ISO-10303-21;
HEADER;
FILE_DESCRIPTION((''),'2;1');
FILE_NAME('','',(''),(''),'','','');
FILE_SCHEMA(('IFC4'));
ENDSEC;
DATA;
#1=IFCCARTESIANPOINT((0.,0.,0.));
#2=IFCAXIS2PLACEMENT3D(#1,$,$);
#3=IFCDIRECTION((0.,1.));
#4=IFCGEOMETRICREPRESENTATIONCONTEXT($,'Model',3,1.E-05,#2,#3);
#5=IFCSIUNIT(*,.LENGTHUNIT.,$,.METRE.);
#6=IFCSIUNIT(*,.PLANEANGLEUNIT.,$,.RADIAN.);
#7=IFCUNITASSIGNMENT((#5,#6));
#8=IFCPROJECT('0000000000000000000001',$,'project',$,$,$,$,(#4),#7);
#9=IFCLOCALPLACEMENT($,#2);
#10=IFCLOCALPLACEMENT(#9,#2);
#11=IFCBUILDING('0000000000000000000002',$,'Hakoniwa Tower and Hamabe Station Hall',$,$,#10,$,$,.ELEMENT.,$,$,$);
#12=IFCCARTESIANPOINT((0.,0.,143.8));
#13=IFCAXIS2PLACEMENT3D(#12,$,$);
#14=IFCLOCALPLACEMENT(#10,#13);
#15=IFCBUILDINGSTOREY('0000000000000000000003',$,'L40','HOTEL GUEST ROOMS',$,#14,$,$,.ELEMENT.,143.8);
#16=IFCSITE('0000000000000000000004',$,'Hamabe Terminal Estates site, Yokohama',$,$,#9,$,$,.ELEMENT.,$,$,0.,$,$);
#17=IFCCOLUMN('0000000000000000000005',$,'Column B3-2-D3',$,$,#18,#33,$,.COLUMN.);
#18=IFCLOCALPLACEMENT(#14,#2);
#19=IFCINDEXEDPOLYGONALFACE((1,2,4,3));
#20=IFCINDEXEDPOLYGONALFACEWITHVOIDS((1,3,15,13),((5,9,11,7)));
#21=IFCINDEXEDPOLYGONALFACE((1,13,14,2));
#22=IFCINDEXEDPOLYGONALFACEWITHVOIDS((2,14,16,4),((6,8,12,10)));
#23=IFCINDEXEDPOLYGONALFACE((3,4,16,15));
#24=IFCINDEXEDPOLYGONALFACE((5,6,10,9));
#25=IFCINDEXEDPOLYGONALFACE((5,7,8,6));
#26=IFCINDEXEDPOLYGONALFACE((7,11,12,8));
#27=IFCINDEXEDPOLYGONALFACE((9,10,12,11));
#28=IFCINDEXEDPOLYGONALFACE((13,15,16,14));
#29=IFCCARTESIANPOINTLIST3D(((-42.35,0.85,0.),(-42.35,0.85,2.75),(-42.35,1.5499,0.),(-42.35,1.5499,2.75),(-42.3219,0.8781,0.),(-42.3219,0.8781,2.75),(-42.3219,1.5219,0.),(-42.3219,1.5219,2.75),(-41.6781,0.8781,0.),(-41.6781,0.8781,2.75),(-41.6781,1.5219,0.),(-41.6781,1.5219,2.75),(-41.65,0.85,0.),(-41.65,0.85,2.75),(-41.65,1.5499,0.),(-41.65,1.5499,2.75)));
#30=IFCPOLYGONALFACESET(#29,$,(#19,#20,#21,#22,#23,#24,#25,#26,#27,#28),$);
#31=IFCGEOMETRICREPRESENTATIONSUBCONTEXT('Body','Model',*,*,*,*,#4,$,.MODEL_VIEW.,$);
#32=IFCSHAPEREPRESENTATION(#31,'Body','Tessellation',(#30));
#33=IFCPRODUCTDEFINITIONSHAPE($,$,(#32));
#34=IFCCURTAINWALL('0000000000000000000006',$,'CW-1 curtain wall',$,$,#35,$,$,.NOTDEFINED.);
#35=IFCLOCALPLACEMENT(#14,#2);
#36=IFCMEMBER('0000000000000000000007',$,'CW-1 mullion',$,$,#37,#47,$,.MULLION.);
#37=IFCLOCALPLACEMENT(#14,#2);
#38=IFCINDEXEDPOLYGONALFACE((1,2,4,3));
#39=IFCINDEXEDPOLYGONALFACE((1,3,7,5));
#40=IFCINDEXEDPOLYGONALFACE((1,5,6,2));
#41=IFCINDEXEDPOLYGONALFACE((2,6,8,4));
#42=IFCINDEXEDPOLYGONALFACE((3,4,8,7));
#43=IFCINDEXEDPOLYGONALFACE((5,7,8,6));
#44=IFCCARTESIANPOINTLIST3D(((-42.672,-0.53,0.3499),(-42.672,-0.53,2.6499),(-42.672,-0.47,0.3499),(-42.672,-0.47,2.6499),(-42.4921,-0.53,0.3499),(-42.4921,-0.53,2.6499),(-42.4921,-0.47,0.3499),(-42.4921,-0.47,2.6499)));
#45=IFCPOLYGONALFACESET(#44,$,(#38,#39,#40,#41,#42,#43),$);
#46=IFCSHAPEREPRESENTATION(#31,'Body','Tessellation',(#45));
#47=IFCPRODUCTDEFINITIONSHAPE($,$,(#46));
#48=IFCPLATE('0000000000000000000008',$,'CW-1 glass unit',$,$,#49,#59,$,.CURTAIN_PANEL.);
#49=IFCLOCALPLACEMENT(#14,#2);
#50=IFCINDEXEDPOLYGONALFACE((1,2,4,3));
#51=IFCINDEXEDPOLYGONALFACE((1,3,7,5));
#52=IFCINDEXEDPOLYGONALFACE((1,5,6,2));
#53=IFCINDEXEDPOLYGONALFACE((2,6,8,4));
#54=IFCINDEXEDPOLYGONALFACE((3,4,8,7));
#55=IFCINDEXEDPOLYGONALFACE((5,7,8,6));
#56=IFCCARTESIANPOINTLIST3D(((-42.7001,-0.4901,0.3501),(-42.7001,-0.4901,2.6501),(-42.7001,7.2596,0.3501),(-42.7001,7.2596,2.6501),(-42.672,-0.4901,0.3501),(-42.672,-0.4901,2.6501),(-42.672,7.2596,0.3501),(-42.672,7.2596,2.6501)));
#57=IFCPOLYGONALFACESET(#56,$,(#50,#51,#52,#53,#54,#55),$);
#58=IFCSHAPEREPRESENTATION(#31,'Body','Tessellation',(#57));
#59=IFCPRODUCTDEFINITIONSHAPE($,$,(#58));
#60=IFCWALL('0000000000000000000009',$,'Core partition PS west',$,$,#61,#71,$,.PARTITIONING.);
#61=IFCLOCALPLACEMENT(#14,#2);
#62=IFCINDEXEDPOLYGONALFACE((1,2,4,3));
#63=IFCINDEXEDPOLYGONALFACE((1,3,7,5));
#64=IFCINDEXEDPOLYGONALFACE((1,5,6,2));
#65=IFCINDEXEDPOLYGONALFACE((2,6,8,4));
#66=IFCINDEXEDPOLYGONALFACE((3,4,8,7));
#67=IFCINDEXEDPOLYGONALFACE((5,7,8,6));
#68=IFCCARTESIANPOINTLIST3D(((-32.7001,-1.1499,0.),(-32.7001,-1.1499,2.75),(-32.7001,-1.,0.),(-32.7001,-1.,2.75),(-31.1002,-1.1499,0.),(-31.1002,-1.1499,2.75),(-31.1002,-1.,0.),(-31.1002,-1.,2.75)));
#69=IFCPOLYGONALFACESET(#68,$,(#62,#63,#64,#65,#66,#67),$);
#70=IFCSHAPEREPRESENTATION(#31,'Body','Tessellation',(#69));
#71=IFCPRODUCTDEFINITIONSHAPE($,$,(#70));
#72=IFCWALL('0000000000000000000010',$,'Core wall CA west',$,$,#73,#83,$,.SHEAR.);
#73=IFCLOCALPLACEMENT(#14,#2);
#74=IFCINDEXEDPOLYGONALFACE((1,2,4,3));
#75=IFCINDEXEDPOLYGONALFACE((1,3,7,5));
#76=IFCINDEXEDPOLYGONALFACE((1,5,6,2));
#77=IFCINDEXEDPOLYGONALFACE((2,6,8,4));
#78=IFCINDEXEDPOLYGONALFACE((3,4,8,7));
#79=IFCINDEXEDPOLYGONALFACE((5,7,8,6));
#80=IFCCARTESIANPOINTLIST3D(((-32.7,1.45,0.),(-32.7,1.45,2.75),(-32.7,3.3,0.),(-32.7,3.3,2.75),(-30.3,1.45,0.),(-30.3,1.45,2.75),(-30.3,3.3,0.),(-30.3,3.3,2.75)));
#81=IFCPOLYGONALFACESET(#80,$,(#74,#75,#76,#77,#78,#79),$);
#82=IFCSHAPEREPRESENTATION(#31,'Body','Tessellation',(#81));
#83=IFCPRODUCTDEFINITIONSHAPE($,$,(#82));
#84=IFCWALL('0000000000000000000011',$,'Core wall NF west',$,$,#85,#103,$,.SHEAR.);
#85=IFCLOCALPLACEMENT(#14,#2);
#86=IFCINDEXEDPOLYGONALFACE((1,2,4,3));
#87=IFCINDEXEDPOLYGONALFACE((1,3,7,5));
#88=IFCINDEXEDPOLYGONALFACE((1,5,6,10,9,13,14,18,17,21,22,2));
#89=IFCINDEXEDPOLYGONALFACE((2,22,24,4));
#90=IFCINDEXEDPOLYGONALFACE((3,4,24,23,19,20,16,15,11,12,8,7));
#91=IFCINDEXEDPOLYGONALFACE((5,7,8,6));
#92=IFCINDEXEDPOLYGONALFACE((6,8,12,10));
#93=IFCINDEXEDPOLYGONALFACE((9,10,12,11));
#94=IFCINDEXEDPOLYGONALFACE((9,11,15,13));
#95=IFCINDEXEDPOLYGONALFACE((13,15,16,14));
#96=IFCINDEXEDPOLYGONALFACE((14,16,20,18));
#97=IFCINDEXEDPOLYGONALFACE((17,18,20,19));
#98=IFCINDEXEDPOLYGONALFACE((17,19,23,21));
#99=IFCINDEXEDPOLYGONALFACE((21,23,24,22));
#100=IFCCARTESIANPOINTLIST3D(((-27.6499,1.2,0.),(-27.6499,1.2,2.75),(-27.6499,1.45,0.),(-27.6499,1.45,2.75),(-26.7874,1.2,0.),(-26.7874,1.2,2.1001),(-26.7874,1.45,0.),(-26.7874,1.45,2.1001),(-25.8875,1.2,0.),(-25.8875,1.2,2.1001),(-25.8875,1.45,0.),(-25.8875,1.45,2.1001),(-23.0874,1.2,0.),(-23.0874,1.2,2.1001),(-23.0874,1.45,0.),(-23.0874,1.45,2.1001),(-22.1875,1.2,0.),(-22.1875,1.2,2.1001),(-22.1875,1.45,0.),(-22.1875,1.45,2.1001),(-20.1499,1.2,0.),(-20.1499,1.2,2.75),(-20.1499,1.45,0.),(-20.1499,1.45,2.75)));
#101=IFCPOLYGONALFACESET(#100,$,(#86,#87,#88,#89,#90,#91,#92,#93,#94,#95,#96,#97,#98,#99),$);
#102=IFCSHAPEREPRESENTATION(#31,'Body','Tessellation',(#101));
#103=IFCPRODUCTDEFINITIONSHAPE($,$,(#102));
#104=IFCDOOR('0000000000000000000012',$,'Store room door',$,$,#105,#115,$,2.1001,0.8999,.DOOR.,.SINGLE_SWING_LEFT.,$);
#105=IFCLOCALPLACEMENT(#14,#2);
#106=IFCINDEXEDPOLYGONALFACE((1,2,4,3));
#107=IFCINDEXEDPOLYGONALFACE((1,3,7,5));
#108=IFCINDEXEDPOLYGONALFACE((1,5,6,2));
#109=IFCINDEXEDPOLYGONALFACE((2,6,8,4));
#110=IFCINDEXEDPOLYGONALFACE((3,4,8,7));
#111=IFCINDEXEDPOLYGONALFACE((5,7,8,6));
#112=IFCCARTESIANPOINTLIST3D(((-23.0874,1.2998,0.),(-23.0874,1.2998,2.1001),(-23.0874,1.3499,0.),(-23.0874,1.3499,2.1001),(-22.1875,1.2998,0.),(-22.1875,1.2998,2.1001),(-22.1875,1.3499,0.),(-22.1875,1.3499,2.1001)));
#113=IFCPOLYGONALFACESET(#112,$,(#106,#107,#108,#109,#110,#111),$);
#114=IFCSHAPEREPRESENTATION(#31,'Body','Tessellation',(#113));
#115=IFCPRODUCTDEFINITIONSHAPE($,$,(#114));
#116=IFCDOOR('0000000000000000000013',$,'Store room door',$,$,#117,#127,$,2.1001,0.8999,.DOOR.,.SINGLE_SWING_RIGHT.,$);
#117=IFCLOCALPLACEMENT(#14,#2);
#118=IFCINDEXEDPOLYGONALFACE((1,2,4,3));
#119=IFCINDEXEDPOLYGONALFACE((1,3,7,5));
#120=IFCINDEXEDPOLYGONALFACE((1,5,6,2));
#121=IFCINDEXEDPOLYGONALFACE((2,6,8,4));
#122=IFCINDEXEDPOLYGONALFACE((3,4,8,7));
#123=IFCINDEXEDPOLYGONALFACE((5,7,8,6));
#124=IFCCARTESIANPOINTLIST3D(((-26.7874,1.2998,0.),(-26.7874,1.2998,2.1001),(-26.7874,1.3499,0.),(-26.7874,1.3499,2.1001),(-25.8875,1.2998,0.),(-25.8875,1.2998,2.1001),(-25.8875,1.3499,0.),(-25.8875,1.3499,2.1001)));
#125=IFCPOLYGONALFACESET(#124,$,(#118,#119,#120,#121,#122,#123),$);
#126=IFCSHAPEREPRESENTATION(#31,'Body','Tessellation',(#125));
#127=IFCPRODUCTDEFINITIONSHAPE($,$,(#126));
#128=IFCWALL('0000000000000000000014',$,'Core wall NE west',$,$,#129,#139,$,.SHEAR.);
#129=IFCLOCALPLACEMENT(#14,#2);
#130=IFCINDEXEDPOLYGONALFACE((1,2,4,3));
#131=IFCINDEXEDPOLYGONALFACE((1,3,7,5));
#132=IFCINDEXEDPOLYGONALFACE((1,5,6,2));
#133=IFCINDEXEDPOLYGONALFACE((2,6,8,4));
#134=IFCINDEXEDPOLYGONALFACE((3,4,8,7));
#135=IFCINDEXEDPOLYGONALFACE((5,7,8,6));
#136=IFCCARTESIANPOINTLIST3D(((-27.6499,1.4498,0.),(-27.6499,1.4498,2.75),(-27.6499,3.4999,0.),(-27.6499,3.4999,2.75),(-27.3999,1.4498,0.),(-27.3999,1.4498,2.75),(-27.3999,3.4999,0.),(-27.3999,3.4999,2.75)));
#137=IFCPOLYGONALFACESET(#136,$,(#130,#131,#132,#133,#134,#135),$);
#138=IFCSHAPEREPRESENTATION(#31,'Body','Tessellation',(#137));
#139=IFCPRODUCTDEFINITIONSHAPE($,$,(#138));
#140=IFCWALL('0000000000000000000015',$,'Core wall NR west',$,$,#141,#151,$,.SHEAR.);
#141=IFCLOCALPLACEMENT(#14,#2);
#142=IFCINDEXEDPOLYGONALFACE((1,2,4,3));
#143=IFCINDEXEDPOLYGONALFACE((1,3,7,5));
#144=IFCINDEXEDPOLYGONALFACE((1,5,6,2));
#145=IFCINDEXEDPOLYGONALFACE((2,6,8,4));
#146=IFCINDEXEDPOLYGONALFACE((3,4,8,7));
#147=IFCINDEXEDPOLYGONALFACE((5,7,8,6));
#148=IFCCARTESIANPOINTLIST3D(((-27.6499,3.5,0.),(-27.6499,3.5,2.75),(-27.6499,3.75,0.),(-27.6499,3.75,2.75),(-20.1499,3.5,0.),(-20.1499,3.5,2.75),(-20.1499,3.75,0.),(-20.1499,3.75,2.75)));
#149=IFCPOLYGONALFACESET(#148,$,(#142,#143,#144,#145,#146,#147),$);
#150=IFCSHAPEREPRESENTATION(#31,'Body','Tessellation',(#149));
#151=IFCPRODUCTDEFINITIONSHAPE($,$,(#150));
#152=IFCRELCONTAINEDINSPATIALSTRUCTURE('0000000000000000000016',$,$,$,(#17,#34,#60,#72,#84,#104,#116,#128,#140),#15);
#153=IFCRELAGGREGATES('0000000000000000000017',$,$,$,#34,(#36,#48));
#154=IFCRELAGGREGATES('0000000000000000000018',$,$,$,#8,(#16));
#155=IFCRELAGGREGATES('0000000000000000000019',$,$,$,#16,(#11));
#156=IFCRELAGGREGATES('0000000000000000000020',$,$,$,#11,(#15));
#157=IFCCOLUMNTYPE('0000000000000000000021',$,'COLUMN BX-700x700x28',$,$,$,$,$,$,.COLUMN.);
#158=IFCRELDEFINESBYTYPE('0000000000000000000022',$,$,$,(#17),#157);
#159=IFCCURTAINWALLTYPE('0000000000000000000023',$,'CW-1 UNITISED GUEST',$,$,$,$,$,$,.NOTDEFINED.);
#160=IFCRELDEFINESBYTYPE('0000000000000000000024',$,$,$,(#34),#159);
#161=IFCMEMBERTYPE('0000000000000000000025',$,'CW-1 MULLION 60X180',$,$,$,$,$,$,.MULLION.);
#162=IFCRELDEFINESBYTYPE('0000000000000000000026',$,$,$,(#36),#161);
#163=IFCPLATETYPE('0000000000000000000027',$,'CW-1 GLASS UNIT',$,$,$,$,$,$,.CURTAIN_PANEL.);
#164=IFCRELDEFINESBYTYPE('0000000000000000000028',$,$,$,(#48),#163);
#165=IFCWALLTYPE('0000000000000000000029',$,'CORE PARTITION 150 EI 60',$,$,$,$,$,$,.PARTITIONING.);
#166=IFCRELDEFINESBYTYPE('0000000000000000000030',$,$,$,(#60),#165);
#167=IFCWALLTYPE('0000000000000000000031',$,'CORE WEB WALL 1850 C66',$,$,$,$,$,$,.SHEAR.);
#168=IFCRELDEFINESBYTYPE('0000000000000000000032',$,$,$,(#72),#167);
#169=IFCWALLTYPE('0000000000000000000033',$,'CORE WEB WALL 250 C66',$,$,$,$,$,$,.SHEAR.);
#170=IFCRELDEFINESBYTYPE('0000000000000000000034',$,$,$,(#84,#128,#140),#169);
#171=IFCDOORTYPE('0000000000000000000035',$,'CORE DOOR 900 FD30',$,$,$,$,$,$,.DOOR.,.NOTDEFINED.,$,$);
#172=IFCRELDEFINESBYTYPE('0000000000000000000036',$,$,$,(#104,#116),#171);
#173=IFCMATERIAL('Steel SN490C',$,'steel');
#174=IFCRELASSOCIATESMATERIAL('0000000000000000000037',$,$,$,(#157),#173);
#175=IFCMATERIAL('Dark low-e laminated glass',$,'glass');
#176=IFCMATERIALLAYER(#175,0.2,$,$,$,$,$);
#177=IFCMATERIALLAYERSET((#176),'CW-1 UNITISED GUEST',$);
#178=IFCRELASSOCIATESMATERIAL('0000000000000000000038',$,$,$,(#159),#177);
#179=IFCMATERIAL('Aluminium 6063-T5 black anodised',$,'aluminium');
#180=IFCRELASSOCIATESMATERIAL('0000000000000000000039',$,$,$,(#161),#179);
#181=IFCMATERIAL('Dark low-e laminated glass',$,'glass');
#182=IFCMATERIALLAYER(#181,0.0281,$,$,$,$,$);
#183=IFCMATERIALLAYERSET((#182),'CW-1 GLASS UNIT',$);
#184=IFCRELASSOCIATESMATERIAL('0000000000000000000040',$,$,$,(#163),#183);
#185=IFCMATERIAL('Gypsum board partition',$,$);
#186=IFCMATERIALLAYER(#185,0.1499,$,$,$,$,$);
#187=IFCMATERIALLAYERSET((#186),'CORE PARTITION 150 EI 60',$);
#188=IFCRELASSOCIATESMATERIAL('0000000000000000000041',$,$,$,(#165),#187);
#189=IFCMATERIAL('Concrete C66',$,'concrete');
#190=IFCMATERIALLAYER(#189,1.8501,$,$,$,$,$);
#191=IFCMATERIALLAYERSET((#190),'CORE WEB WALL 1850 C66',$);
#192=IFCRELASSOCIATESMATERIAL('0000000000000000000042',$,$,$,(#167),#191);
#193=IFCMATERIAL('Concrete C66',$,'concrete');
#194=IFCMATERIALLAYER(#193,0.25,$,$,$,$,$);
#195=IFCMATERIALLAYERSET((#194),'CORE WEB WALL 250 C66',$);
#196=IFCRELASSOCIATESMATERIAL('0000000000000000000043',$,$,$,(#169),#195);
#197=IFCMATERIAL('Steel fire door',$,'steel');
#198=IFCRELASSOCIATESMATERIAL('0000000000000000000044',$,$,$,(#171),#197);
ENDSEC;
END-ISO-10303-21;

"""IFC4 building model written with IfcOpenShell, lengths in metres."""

from ifc_helpers import new_model, si_unit, direction, frame, frame_2d, origin, origin_2d, place, context, subcontext, project, spatial, rectangle, hollow_rectangle, extrude, material, layer, layer_set, material_profile, profile_set, type_object, element, fill, aggregate, save


model = new_model("IFC4")

# Units and contexts
model_context = context("Model", 3, precision=1e-05, world=origin(), true_north=direction((0.0, 1.0)))
body_context = subcontext(model_context, "Body", "Model", "MODEL_VIEW")
ifc_project = project(units=[si_unit("LENGTHUNIT", "METRE"), si_unit("PLANEANGLEUNIT", "RADIAN")], contexts=[model_context])

# Site, building, storey
site_placement = place(None, origin())
site = spatial("IfcSite", under=ifc_project, at=site_placement, Name="Hamabe Terminal Estates site, Yokohama", CompositionType="ELEMENT", RefElevation=0.0)
building_placement = place(site_placement, origin())
building = spatial("IfcBuilding", under=site, at=building_placement, Name="Hakoniwa Tower and Hamabe Station Hall", CompositionType="ELEMENT")
storey_placement = place(building_placement, frame((0.0, 0.0, 143.8)))
storey = spatial("IfcBuildingStorey", under=building, at=storey_placement, Name="L40", Description="HOTEL GUEST ROOMS", CompositionType="ELEMENT", Elevation=143.8)

# Column
ifc_material_1 = material(Name="Steel SN490C", Category="steel")
ifc_material_profile_1 = material_profile(ifc_material_1, hollow_rectangle(XDim=0.7, YDim=0.7, WallThickness=0.0281, at=origin_2d()), Name="BX-700x700x28")
ifc_profile_set_1 = profile_set([ifc_material_profile_1], Name="Steel SN490C")
column_type = type_object("IfcColumnType", Name="COLUMN BX-700x700x28", PredefinedType="COLUMN", material=ifc_profile_set_1)
column_placement = place(storey_placement, frame((-42.0, 1.2, 0.0), z_axis=(0.0, 0.0, 1.0), x_axis=(1.0, 0.0, 0.0)))
element("IfcColumn", 1, at=column_placement, inside=storey, type_object=column_type, Name="Column B3-2-D3", PredefinedType="COLUMN", context=body_context, shape_type="SweptSolid", body=[
    extrude(hollow_rectangle(XDim=0.7, YDim=0.7, WallThickness=0.0281, at=origin_2d()), origin(), (0.0, 0.0, 1.0), 2.75),
])

# Curtain wall, member, plate
ifc_material_2 = material(Name="Dark low-e laminated glass", Category="glass")
ifc_layer_1 = layer(ifc_material_2, 0.2)
ifc_layer_set_1 = layer_set([ifc_layer_1], Name="CW-1 UNITISED GUEST")
curtain_wall_type = type_object("IfcCurtainWallType", Name="CW-1 UNITISED GUEST", PredefinedType="NOTDEFINED", material=ifc_layer_set_1)
curtain_wall_placement = place(storey_placement, origin())
curtain_wall = element("IfcCurtainWall", 2, at=curtain_wall_placement, inside=storey, type_object=curtain_wall_type, Name="CW-1 curtain wall", PredefinedType="NOTDEFINED")
ifc_material_3 = material(Name="Aluminium 6063-T5 black anodised", Category="aluminium")
ifc_material_profile_2 = material_profile(ifc_material_3, rectangle(XDim=0.0601, YDim=0.1799, at=origin_2d()), Name="CW-1 MULLION 60X180")
ifc_profile_set_2 = profile_set([ifc_material_profile_2], Name="Aluminium 6063-T5 black anodised")
member_type = type_object("IfcMemberType", Name="CW-1 MULLION 60X180", PredefinedType="MULLION", material=ifc_profile_set_2)
member_placement = place(storey_placement, frame((-42.582, -0.5, 0.3499), z_axis=(0.0, 0.0, 1.0), x_axis=(0.0, -1.0, 0.0)))
member = element("IfcMember", 3, at=member_placement, type_object=member_type, Name="CW-1 mullion", PredefinedType="MULLION", context=body_context, shape_type="SweptSolid", body=[
    extrude(rectangle(XDim=0.0601, YDim=0.1799, at=origin_2d()), origin(), (0.0, 0.0, 1.0), 2.3),
])
ifc_material_4 = material(Name="Dark low-e laminated glass", Category="glass")
ifc_layer_2 = layer(ifc_material_4, 0.0281)
ifc_layer_set_2 = layer_set([ifc_layer_2], Name="CW-1 GLASS UNIT")
plate_type = type_object("IfcPlateType", Name="CW-1 GLASS UNIT", PredefinedType="CURTAIN_PANEL", material=ifc_layer_set_2)
plate_placement = place(storey_placement, frame((-42.686, 3.3848, 0.3501), z_axis=(0.0, 0.0, 1.0), x_axis=(0.0, -1.0, 0.0)))
plate = element("IfcPlate", 4, at=plate_placement, type_object=plate_type, Name="CW-1 glass unit", PredefinedType="CURTAIN_PANEL", context=body_context, shape_type="SweptSolid", body=[
    extrude(rectangle(XDim=7.7498, YDim=0.0281, at=origin_2d()), origin(), (0.0, 0.0, 1.0), 2.3),
])
aggregate(curtain_wall, [member, plate])

# Walls
ifc_material_5 = material(Name="Gypsum board partition")
ifc_layer_3 = layer(ifc_material_5, 0.1499)
ifc_layer_set_3 = layer_set([ifc_layer_3], Name="CORE PARTITION 150 EI 60")
wall_type_1 = type_object("IfcWallType", Name="CORE PARTITION 150 EI 60", PredefinedType="PARTITIONING", material=ifc_layer_set_3)
wall_1_placement = place(storey_placement, frame((-32.7, -1.075, 0.0), z_axis=(0.0, 0.0, 1.0), x_axis=(1.0, 0.0, 0.0)))
element("IfcWall", 5, at=wall_1_placement, inside=storey, type_object=wall_type_1, Name="Core partition PS west", PredefinedType="PARTITIONING", context=body_context, shape_type="SweptSolid", body=[
    extrude(rectangle(XDim=1.5999, YDim=0.1499, at=frame_2d((0.7998, 0.0))), origin(), (0.0, 0.0, 1.0), 2.75),
])
ifc_material_6 = material(Name="Concrete C66", Category="concrete")
ifc_layer_4 = layer(ifc_material_6, 1.8501)
ifc_layer_set_4 = layer_set([ifc_layer_4], Name="CORE WEB WALL 1850 C66")
wall_type_2 = type_object("IfcWallType", Name="CORE WEB WALL 1850 C66", PredefinedType="SHEAR", material=ifc_layer_set_4)
wall_2_placement = place(storey_placement, frame((-32.7, 2.375, 0.0), z_axis=(0.0, 0.0, 1.0), x_axis=(1.0, 0.0, 0.0)))
element("IfcWall", 6, at=wall_2_placement, inside=storey, type_object=wall_type_2, Name="Core wall CA west", PredefinedType="SHEAR", context=body_context, shape_type="SweptSolid", body=[
    extrude(rectangle(XDim=2.3999, YDim=1.8501, at=frame_2d((1.2, 0.0))), origin(), (0.0, 0.0, 1.0), 2.75),
])

# Wall, openings, doors
ifc_material_7 = material(Name="Concrete C66", Category="concrete")
ifc_layer_5 = layer(ifc_material_7, 0.25)
ifc_layer_set_5 = layer_set([ifc_layer_5], Name="CORE WEB WALL 250 C66")
wall_type_3 = type_object("IfcWallType", Name="CORE WEB WALL 250 C66", PredefinedType="SHEAR", material=ifc_layer_set_5)
wall_3_placement = place(storey_placement, frame((-27.6499, 1.325, 0.0), z_axis=(0.0, 0.0, 1.0), x_axis=(1.0, 0.0, 0.0)))
wall_3 = element("IfcWall", 7, at=wall_3_placement, inside=storey, type_object=wall_type_3, Name="Core wall NF west", PredefinedType="SHEAR", context=body_context, shape_type="SweptSolid", body=[
    extrude(rectangle(XDim=7.5, YDim=0.25, at=frame_2d((3.75, 0.0))), origin(), (0.0, 0.0, 1.0), 2.75),
])
opening_1_placement = place(wall_3_placement, frame((4.5625, 0.0, 0.0)))
opening_1 = element("IfcOpeningElement", 8, at=opening_1_placement, cuts=wall_3, PredefinedType="OPENING", context=body_context, shape_type="SweptSolid", body=[
    extrude(rectangle(XDim=0.8999, YDim=2.1001, at=frame_2d((0.45, 1.05))), frame((0.0, 0.135, 0.0), z_axis=(0.0, -1.0, 0.0), x_axis=(1.0, 0.0, 0.0)), (0.0, 0.0, 1.0), 0.27),
])
opening_2_placement = place(wall_3_placement, frame((0.8625, 0.0, 0.0)))
opening_2 = element("IfcOpeningElement", 9, at=opening_2_placement, cuts=wall_3, PredefinedType="OPENING", context=body_context, shape_type="SweptSolid", body=[
    extrude(rectangle(XDim=0.8999, YDim=2.1001, at=frame_2d((0.45, 1.05))), frame((0.0, 0.135, 0.0), z_axis=(0.0, -1.0, 0.0), x_axis=(1.0, 0.0, 0.0)), (0.0, 0.0, 1.0), 0.27),
])
ifc_material_8 = material(Name="Steel fire door", Category="steel")
door_type_1 = type_object("IfcDoorType", Name="CORE DOOR 900 FD30", OperationType="NOTDEFINED", PredefinedType="DOOR", material=ifc_material_8)
door_1_placement = place(opening_1_placement, origin())
door_1 = element("IfcDoor", 10, at=door_1_placement, inside=storey, type_object=door_type_1, Name="Store room door", OperationType="SINGLE_SWING_LEFT", OverallHeight=2.1001, OverallWidth=0.8999, PredefinedType="DOOR", context=body_context, shape_type="SweptSolid", body=[
    extrude(rectangle(XDim=0.8999, YDim=2.1001, at=frame_2d((0.45, 1.05))), frame((0.0, 0.0249, 0.0), z_axis=(0.0, -1.0, 0.0), x_axis=(1.0, 0.0, 0.0)), (0.0, 0.0, 1.0), 0.05),
])
fill(opening_1, door_1)
door_2_placement = place(opening_2_placement, origin())
door_2 = element("IfcDoor", 11, at=door_2_placement, inside=storey, type_object=door_type_1, Name="Store room door", OperationType="SINGLE_SWING_RIGHT", OverallHeight=2.1001, OverallWidth=0.8999, PredefinedType="DOOR", context=body_context, shape_type="SweptSolid", body=[
    extrude(rectangle(XDim=0.8999, YDim=2.1001, at=frame_2d((0.45, 1.05))), frame((0.0, 0.0249, 0.0), z_axis=(0.0, -1.0, 0.0), x_axis=(1.0, 0.0, 0.0)), (0.0, 0.0, 1.0), 0.05),
])
fill(opening_2, door_2)

# Walls
wall_4_placement = place(storey_placement, frame((-27.5249, 1.45, 0.0), z_axis=(0.0, 0.0, 1.0), x_axis=(0.0, 1.0, 0.0)))
element("IfcWall", 12, at=wall_4_placement, inside=storey, type_object=wall_type_3, Name="Core wall NE west", PredefinedType="SHEAR", context=body_context, shape_type="SweptSolid", body=[
    extrude(rectangle(XDim=2.05, YDim=0.25, at=frame_2d((1.0249, 0.0))), origin(), (0.0, 0.0, 1.0), 2.75),
])
wall_5_placement = place(storey_placement, frame((-27.6499, 3.625, 0.0), z_axis=(0.0, 0.0, 1.0), x_axis=(1.0, 0.0, 0.0)))
element("IfcWall", 13, at=wall_5_placement, inside=storey, type_object=wall_type_3, Name="Core wall NR west", PredefinedType="SHEAR", context=body_context, shape_type="SweptSolid", body=[
    extrude(rectangle(XDim=7.5, YDim=0.25, at=frame_2d((3.75, 0.0))), origin(), (0.0, 0.0, 1.0), 2.75),
])

save(model, "model.ifc")
